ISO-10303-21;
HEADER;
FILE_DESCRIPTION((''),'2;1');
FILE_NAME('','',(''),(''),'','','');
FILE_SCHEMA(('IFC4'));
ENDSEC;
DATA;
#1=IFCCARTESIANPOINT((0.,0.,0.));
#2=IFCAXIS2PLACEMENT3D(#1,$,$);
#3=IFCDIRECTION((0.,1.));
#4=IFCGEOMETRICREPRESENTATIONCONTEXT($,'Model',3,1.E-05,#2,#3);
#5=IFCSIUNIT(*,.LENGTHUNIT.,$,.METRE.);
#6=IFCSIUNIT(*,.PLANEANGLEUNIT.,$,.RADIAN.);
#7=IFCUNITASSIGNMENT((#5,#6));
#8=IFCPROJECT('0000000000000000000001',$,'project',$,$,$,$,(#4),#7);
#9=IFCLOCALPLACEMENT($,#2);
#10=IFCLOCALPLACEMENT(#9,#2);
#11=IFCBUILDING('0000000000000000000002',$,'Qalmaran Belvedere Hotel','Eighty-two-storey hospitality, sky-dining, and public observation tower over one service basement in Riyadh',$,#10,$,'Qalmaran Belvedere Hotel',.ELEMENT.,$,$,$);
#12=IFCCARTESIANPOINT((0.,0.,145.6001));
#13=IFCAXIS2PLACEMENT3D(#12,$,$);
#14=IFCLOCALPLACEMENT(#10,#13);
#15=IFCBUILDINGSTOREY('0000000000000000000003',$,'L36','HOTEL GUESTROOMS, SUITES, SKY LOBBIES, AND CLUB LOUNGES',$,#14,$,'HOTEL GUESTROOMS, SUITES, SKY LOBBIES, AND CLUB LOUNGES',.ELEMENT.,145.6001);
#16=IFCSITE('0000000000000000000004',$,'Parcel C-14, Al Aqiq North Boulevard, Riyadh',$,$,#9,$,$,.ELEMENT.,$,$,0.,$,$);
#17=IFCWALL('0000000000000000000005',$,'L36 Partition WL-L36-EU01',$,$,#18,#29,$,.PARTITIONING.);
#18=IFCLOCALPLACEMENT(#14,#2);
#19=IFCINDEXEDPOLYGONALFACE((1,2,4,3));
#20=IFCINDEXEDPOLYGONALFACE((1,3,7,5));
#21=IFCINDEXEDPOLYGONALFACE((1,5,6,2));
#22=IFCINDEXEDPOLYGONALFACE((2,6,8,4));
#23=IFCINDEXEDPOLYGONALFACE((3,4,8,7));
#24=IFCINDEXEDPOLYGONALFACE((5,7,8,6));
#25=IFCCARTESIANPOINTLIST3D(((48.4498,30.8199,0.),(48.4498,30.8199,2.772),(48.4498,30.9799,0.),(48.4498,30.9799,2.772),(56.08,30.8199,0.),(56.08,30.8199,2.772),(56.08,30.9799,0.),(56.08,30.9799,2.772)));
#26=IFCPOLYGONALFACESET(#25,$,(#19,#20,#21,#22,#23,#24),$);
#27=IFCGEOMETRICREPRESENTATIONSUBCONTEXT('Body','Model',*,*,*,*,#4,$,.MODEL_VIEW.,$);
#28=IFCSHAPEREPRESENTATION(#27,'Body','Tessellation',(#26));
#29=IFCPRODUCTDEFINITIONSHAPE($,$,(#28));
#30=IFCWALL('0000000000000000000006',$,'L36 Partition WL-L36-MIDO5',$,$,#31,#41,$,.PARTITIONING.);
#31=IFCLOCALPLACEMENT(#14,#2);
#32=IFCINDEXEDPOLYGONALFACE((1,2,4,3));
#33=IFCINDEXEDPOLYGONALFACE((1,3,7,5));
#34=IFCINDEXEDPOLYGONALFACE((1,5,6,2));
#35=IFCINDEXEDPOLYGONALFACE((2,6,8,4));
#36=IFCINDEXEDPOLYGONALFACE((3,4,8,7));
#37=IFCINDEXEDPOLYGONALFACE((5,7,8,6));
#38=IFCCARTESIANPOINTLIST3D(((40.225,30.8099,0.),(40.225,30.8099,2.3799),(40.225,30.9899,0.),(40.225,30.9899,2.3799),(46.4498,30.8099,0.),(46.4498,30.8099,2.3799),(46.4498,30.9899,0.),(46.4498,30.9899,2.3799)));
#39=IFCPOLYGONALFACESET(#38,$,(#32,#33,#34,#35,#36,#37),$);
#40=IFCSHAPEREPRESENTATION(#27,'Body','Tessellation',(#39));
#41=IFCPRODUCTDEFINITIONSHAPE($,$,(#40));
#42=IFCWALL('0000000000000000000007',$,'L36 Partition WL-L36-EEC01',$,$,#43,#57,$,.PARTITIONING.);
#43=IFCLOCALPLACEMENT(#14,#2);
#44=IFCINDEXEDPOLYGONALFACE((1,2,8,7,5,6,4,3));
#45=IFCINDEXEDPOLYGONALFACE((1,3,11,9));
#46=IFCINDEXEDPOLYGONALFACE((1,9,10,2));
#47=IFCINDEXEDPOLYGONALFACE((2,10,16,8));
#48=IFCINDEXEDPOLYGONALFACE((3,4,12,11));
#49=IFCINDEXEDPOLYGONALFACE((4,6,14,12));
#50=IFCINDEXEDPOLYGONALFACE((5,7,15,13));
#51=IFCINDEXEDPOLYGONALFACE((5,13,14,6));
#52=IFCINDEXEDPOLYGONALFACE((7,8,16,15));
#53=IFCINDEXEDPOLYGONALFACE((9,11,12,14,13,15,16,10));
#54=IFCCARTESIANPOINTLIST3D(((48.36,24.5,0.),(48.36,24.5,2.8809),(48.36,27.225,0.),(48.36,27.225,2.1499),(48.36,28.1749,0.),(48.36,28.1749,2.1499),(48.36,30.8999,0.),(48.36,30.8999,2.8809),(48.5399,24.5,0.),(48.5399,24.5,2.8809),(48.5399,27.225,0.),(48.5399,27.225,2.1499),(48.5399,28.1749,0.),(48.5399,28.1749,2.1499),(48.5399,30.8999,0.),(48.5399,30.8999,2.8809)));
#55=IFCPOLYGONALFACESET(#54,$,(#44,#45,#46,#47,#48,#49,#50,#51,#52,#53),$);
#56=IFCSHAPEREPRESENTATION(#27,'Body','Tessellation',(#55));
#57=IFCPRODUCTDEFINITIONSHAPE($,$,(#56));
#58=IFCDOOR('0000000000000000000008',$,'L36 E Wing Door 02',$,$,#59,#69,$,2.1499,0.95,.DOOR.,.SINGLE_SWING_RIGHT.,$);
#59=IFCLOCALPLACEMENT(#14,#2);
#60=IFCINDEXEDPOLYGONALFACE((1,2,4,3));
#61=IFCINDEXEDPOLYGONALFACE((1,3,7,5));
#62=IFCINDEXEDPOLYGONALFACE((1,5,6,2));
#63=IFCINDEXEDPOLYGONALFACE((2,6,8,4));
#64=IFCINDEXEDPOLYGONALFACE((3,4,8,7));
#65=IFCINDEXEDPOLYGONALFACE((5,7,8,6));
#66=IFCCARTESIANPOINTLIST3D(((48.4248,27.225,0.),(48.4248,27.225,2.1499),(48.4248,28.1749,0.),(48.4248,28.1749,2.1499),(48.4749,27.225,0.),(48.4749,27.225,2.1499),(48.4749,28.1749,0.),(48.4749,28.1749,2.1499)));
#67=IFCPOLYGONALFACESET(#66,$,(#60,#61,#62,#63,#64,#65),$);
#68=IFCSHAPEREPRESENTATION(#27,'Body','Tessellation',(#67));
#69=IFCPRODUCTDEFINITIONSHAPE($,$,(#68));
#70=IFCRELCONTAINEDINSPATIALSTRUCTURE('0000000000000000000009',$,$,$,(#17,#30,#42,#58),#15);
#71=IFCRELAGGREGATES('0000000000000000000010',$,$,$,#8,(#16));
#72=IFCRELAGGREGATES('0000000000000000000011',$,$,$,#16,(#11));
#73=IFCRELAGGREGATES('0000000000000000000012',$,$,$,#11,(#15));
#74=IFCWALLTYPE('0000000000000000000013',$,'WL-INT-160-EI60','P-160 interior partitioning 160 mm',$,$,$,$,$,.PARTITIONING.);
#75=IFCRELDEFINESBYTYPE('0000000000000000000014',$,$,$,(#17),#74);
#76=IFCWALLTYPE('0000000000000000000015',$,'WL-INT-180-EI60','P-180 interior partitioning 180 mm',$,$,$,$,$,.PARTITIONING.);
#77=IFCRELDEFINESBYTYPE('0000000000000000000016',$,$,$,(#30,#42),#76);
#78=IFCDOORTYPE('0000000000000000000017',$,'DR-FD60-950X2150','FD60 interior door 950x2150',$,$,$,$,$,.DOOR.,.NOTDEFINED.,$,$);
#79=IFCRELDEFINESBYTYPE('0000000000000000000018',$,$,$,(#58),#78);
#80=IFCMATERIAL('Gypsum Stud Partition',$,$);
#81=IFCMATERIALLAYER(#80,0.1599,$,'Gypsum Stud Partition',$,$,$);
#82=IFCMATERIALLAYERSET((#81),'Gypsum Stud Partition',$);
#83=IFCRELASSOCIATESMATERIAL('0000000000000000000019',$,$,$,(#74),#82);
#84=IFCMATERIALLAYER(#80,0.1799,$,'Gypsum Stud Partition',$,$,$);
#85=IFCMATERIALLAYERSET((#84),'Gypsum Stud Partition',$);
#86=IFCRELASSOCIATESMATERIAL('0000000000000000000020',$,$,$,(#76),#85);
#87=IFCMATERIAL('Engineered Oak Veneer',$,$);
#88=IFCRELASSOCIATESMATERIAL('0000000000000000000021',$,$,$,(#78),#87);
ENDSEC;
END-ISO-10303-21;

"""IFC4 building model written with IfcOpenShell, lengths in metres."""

from ifc_helpers import new_model, si_unit, direction, frame, frame_2d, origin, place, context, subcontext, project, spatial, rectangle, extrude, material, layer, layer_set, type_object, element, fill, save


model = new_model("IFC4")

# Units and contexts
model_context = context("Model", 3, precision=1e-05, world=origin(), true_north=direction((0.0, 1.0)))
body_context = subcontext(model_context, "Body", "Model", "MODEL_VIEW")
ifc_project = project(units=[si_unit("LENGTHUNIT", "METRE"), si_unit("PLANEANGLEUNIT", "RADIAN")], contexts=[model_context])

# Site, building, storey
site_placement = place(None, origin())
site = spatial("IfcSite", under=ifc_project, at=site_placement, Name="Parcel C-14, Al Aqiq North Boulevard, Riyadh", CompositionType="ELEMENT", RefElevation=0.0)
building_placement = place(site_placement, origin())
building = spatial("IfcBuilding", under=site, at=building_placement, Name="Qalmaran Belvedere Hotel", Description="Eighty-two-storey hospitality, sky-dining, and public observation tower over one service basement in Riyadh", LongName="Qalmaran Belvedere Hotel", CompositionType="ELEMENT")
storey_placement = place(building_placement, frame((0.0, 0.0, 145.6001)))
storey = spatial("IfcBuildingStorey", under=building, at=storey_placement, Name="L36", Description="HOTEL GUESTROOMS, SUITES, SKY LOBBIES, AND CLUB LOUNGES", LongName="HOTEL GUESTROOMS, SUITES, SKY LOBBIES, AND CLUB LOUNGES", CompositionType="ELEMENT", Elevation=145.6001)

# Shared definitions
ifc_material_1 = material(Name="Engineered Oak Veneer")

# Shared definitions
ifc_material_2 = material(Name="Gypsum Stud Partition")

# Wall
ifc_layer_1 = layer(ifc_material_2, 0.1599, Name="Gypsum Stud Partition")
ifc_layer_set_1 = layer_set([ifc_layer_1], Name="Gypsum Stud Partition")
wall_type_1 = type_object("IfcWallType", Name="WL-INT-160-EI60", Description="P-160 interior partitioning 160 mm", PredefinedType="PARTITIONING", material=ifc_layer_set_1)
wall_1_placement = place(storey_placement, frame((48.45, 30.8999, 0.0), z_axis=(0.0, 0.0, 1.0), x_axis=(1.0, 0.0, 0.0)))
element("IfcWall", 1, at=wall_1_placement, inside=storey, type_object=wall_type_1, Name="L36 Partition WL-L36-EU01", PredefinedType="PARTITIONING", context=body_context, shape_type="SweptSolid", body=[
    extrude(rectangle(XDim=7.6301, YDim=0.1599, at=frame_2d((3.8149, 0.0))), origin(), (0.0, 0.0, 1.0), 2.772),
])

# Shared definitions
ifc_layer_2 = layer(ifc_material_2, 0.1799, Name="Gypsum Stud Partition")
ifc_layer_set_2 = layer_set([ifc_layer_2], Name="Gypsum Stud Partition")
wall_type_2 = type_object("IfcWallType", Name="WL-INT-180-EI60", Description="P-180 interior partitioning 180 mm", PredefinedType="PARTITIONING", material=ifc_layer_set_2)
door_type_1 = type_object("IfcDoorType", Name="DR-FD60-950X2150", Description="FD60 interior door 950x2150", OperationType="NOTDEFINED", PredefinedType="DOOR", material=ifc_material_1)

# Wall
wall_2_placement = place(storey_placement, frame((40.2251, 30.8999, 0.0), z_axis=(0.0, 0.0, 1.0), x_axis=(1.0, 0.0, 0.0)))
element("IfcWall", 2, at=wall_2_placement, inside=storey, type_object=wall_type_2, Name="L36 Partition WL-L36-MIDO5", PredefinedType="PARTITIONING", context=body_context, shape_type="SweptSolid", body=[
    extrude(rectangle(XDim=6.2249, YDim=0.1799, at=frame_2d((3.1123, 0.0))), origin(), (0.0, 0.0, 1.0), 2.3799),
])

# Wall, opening, door
wall_3_placement = place(storey_placement, frame((48.45, 24.5, 0.0), z_axis=(0.0, 0.0, 1.0), x_axis=(0.0, 1.0, 0.0)))
wall_3 = element("IfcWall", 3, at=wall_3_placement, inside=storey, type_object=wall_type_2, Name="L36 Partition WL-L36-EEC01", PredefinedType="PARTITIONING", context=body_context, shape_type="SweptSolid", body=[
    extrude(rectangle(XDim=6.3999, YDim=0.1799, at=frame_2d((3.2, 0.0))), origin(), (0.0, 0.0, 1.0), 2.8809),
])
opening_1_placement = place(wall_3_placement, frame((3.675, 0.0, 0.0), z_axis=(0.0, 0.0, 1.0), x_axis=(-1.0, 0.0, 0.0)))
opening_1 = element("IfcOpeningElement", 4, at=opening_1_placement, cuts=wall_3, PredefinedType="OPENING", context=body_context, shape_type="SweptSolid", body=[
    extrude(rectangle(XDim=0.95, YDim=2.1499, at=frame_2d((0.4751, 1.075))), frame((0.0, 0.1001, 0.0), z_axis=(0.0, -1.0, 0.0), x_axis=(1.0, 0.0, 0.0)), (0.0, 0.0, 1.0), 0.2),
])
door_1_placement = place(opening_1_placement, origin())
door_1 = element("IfcDoor", 5, at=door_1_placement, inside=storey, type_object=door_type_1, Name="L36 E Wing Door 02", OperationType="SINGLE_SWING_RIGHT", OverallHeight=2.1499, OverallWidth=0.95, PredefinedType="DOOR", context=body_context, shape_type="SweptSolid", body=[
    extrude(rectangle(XDim=0.95, YDim=2.1499, at=frame_2d((0.4751, 1.075))), frame((0.0, 0.0249, 0.0), z_axis=(0.0, -1.0, 0.0), x_axis=(1.0, 0.0, 0.0)), (0.0, 0.0, 1.0), 0.05),
])
fill(opening_1, door_1)

save(model, "model.ifc")
